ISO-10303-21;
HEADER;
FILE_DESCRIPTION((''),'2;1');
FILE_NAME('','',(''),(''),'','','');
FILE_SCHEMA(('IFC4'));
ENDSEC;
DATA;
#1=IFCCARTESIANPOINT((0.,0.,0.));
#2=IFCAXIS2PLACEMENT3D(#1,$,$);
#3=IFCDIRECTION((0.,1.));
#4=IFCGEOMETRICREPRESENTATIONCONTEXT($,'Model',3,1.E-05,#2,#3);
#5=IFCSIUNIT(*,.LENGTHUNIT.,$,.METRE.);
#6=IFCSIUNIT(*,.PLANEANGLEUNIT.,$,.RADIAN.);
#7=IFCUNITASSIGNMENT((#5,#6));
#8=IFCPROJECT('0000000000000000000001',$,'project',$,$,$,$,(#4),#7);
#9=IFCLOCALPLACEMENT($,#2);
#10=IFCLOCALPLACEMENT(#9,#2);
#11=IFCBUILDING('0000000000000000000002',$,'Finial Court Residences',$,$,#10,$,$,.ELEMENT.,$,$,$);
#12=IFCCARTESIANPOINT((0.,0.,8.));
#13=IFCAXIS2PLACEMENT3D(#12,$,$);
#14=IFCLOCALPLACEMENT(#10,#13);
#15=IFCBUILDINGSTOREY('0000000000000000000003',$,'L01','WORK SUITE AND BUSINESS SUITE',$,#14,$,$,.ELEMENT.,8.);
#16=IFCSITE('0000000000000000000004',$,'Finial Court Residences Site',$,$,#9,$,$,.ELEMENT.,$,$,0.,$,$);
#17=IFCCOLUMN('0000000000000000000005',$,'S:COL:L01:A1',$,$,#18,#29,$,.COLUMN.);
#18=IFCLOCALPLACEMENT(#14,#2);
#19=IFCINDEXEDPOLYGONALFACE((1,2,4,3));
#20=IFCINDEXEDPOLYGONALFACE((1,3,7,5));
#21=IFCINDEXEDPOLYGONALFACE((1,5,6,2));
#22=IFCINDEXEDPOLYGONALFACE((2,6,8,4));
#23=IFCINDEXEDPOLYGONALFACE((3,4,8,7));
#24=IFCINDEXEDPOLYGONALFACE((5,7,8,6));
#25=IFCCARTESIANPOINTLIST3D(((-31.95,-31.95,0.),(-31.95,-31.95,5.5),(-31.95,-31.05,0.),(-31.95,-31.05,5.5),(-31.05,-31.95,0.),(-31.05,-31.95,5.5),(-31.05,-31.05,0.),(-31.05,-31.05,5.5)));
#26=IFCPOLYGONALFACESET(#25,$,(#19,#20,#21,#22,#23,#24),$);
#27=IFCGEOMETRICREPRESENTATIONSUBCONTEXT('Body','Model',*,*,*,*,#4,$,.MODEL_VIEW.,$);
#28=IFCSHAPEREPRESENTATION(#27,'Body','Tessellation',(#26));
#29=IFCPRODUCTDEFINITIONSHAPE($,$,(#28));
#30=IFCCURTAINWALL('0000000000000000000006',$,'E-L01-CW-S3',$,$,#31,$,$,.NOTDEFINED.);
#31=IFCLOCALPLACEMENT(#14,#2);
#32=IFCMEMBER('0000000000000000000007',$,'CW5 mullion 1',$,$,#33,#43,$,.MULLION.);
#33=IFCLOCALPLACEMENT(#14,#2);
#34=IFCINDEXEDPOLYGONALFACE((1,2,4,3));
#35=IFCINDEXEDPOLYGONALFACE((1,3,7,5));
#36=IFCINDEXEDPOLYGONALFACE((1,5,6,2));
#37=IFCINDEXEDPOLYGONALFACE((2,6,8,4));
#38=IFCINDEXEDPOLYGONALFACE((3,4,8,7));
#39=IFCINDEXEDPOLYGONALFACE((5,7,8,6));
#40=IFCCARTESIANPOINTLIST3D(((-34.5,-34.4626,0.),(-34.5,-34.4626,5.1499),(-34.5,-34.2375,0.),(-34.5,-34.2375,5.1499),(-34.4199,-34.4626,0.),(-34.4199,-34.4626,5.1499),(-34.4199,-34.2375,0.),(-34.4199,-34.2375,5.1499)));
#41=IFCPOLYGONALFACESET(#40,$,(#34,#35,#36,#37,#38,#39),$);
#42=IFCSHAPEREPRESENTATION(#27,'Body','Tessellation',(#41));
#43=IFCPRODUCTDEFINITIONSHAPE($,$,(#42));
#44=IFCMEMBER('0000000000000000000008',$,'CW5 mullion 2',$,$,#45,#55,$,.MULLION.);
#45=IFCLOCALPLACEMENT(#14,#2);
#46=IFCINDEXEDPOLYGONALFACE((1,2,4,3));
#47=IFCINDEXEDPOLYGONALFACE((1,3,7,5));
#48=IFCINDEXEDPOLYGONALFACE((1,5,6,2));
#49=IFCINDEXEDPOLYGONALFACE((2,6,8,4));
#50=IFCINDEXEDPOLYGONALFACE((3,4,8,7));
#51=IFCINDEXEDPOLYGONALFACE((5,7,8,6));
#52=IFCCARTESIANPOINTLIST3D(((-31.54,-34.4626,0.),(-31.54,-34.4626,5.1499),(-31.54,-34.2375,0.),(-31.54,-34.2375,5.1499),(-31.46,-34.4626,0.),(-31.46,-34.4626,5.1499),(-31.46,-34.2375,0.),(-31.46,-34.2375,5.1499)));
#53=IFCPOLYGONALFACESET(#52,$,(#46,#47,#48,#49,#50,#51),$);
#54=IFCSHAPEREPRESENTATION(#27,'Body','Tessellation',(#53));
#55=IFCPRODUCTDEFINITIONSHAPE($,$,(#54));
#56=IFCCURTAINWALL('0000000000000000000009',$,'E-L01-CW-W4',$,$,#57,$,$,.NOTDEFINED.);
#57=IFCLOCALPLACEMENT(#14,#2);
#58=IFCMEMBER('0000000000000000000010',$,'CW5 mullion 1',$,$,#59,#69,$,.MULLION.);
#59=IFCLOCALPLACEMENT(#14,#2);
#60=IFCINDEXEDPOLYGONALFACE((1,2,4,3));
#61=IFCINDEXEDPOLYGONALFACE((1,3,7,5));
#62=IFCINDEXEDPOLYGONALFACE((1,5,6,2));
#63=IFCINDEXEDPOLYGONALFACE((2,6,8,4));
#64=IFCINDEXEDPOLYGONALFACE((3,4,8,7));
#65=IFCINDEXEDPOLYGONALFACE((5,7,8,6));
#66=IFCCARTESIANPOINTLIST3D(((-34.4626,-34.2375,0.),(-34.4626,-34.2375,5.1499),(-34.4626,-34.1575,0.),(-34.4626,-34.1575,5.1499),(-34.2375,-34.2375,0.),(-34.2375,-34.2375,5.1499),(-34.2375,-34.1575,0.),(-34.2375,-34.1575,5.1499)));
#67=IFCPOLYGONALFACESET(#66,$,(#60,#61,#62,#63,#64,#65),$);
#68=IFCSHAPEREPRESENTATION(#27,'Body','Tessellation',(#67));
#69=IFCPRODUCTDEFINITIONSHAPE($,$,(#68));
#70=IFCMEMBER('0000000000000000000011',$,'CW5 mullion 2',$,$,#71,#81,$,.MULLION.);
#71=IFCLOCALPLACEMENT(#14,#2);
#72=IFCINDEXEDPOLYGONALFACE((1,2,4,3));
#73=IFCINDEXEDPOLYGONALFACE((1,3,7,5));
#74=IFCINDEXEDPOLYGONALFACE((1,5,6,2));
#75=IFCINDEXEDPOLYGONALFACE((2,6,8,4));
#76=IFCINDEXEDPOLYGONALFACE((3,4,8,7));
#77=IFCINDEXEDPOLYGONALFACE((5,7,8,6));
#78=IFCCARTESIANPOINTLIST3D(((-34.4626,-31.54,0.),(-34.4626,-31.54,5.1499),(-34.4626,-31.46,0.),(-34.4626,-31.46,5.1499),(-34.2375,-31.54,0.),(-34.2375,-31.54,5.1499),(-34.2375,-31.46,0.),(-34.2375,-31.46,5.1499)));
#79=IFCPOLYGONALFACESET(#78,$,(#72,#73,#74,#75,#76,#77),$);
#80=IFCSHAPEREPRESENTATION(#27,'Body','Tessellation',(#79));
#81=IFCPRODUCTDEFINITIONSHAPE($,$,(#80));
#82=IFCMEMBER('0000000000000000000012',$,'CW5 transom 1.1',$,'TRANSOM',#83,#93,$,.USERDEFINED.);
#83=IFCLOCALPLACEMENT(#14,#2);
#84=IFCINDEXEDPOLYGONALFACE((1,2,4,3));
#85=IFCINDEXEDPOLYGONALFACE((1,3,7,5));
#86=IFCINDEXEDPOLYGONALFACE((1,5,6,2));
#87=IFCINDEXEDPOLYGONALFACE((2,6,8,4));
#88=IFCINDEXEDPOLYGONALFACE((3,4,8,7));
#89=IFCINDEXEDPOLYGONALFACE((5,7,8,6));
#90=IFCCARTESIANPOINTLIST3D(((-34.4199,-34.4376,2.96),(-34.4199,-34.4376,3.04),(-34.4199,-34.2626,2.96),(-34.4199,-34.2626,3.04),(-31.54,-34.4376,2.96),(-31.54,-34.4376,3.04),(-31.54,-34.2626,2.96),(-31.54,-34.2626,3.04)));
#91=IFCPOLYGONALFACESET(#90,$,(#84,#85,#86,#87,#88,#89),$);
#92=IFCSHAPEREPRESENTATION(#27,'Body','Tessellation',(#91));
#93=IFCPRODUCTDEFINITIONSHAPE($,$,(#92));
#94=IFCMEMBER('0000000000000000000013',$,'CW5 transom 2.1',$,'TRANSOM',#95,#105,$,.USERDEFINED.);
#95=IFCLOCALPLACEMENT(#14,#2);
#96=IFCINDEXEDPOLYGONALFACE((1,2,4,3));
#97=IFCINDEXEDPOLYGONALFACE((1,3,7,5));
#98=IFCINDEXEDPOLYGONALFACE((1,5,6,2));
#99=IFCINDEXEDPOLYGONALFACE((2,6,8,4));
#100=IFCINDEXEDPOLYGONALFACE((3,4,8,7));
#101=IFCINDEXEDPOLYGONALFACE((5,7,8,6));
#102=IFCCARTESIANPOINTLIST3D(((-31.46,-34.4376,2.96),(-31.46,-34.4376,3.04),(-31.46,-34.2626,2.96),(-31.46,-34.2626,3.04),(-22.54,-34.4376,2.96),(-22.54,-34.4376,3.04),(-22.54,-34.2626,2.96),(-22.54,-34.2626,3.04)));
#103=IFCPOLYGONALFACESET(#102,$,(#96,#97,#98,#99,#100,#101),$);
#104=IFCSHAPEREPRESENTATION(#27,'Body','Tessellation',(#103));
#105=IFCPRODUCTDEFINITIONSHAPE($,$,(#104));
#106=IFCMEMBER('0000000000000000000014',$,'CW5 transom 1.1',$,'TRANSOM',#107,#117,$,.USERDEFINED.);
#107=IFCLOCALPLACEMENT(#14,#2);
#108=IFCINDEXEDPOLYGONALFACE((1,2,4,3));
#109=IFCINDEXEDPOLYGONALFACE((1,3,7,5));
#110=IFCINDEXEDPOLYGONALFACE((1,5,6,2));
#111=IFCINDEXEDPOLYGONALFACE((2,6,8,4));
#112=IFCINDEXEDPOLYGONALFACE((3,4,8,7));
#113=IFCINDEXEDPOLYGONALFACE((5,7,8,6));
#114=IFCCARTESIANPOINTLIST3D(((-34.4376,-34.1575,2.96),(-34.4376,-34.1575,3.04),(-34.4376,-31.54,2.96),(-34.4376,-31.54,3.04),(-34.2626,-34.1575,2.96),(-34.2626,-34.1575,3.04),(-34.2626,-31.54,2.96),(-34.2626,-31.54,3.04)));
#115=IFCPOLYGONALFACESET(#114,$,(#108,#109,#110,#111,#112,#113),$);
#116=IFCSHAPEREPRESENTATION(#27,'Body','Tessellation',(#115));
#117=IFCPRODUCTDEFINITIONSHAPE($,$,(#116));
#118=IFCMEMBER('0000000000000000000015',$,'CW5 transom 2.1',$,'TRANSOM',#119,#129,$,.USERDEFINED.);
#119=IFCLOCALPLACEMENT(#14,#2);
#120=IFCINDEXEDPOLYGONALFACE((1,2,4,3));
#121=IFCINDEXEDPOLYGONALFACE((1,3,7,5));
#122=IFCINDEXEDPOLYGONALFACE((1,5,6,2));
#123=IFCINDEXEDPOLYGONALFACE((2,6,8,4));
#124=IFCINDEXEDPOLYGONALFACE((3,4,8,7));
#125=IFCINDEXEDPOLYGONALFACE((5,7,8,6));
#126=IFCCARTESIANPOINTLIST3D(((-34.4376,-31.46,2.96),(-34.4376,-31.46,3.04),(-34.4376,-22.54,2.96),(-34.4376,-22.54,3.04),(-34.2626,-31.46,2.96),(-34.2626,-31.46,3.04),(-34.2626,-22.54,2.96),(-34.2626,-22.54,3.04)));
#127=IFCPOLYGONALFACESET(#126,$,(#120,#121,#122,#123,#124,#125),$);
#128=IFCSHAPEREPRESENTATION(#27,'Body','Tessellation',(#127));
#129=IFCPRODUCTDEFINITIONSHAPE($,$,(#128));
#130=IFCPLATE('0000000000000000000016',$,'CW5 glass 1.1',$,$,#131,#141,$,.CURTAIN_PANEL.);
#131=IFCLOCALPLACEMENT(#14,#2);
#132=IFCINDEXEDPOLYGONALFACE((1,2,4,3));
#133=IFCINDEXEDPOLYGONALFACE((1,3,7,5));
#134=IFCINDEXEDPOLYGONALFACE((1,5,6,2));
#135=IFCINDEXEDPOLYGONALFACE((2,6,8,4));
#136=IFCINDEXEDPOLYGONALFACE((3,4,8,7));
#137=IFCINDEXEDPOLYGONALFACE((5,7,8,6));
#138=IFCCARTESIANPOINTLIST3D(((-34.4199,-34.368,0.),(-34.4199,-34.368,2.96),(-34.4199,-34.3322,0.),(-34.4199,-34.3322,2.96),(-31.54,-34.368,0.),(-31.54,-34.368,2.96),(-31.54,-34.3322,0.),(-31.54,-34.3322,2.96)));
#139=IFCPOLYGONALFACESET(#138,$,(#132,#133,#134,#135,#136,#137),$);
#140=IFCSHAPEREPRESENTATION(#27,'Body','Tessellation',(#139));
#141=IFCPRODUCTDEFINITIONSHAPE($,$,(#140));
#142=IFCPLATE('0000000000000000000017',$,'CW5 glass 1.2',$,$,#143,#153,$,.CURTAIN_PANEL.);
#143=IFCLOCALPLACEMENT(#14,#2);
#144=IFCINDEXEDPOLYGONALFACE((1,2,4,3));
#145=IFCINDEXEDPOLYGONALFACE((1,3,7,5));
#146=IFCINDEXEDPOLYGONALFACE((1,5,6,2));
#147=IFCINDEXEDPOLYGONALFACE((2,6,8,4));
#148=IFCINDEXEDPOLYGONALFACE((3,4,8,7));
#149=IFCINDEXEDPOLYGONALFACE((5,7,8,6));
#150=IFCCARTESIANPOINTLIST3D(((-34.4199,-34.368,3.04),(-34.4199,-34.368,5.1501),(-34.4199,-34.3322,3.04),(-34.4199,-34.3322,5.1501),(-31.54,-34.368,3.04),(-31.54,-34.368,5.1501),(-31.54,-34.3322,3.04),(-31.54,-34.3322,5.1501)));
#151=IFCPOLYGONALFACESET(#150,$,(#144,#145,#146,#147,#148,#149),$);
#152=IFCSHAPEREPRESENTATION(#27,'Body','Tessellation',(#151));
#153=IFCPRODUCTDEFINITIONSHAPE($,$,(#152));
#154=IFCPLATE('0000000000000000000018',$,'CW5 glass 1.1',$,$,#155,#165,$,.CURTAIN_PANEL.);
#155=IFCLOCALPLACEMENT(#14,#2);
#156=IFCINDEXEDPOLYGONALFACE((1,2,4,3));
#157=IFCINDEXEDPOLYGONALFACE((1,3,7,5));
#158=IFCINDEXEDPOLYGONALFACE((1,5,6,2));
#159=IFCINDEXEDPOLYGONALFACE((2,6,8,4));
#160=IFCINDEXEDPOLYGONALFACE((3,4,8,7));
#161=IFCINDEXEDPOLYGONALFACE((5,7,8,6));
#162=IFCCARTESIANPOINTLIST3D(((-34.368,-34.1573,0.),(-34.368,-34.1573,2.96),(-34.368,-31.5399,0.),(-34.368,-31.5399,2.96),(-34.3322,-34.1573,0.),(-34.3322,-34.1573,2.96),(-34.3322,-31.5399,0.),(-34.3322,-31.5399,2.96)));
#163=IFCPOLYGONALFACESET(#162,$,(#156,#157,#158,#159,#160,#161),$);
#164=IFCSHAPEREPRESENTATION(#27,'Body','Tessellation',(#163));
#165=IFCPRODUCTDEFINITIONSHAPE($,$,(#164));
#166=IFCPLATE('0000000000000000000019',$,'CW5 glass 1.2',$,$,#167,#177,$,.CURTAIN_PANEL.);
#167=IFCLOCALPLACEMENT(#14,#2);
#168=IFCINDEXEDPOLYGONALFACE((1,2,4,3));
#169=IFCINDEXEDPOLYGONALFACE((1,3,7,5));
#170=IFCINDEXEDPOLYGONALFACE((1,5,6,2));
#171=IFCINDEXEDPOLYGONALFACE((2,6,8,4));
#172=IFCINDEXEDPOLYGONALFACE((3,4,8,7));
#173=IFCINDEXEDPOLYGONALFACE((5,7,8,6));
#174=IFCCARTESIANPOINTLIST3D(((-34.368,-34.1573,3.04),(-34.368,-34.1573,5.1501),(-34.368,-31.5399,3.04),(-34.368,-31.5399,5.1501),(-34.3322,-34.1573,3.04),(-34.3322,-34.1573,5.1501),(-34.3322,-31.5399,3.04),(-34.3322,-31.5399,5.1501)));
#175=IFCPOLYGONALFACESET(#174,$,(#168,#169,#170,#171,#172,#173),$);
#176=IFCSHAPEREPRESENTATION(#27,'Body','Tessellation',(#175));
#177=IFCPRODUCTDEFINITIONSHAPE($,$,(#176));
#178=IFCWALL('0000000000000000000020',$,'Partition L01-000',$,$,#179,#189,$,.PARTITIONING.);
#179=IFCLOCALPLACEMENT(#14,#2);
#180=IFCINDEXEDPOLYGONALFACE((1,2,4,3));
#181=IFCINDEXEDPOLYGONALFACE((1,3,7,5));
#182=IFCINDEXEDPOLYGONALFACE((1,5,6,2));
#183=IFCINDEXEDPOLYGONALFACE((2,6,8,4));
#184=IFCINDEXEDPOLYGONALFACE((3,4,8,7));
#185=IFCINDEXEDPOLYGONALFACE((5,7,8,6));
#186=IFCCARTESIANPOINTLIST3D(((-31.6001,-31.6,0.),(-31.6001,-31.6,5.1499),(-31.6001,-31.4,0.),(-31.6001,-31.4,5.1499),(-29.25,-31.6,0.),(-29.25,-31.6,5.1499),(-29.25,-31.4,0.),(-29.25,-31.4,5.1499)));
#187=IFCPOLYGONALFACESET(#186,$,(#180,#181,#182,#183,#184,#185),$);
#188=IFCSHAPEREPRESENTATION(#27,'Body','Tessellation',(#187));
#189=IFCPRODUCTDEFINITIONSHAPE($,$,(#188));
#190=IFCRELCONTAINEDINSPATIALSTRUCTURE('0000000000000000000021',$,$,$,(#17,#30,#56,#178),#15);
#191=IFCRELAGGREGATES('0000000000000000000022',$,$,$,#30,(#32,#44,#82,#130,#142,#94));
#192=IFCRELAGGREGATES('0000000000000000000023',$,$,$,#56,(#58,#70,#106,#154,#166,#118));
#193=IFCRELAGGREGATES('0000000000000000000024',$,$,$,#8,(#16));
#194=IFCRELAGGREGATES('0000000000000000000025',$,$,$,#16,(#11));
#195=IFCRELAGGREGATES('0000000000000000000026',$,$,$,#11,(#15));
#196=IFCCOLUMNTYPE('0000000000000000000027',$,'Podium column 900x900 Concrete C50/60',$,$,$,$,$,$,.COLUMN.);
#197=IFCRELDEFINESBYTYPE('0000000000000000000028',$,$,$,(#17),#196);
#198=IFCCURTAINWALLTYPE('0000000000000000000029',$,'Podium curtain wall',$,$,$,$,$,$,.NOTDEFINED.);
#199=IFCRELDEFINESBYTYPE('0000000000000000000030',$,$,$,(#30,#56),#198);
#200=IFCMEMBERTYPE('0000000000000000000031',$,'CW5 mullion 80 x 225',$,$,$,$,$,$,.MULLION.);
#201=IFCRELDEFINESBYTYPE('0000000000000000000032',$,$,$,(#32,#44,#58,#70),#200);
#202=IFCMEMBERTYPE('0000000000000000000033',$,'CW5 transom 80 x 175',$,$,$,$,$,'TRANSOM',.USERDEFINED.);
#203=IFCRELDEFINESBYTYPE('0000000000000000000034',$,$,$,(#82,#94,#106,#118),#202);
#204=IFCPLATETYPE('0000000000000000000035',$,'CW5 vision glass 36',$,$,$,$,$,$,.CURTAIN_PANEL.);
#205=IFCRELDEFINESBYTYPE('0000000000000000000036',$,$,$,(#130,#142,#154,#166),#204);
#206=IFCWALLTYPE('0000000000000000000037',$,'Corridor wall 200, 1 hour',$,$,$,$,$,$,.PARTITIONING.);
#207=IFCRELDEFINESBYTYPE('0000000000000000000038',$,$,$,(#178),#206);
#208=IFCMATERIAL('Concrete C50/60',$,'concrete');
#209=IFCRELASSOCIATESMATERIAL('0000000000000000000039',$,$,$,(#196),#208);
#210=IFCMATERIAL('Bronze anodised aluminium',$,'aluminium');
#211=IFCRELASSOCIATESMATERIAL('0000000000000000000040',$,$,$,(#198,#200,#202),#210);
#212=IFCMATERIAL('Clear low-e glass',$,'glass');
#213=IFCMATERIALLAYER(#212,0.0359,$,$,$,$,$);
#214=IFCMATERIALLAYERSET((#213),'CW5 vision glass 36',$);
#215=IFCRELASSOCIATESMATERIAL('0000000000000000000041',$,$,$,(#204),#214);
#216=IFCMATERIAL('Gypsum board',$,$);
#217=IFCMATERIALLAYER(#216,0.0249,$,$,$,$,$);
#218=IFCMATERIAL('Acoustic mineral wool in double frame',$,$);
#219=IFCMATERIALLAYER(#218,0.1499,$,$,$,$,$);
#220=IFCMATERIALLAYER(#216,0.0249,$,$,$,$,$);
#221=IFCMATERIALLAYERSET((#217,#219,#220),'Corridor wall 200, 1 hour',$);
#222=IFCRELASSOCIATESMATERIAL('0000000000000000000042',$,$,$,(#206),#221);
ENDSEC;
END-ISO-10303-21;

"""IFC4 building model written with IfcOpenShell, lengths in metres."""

from ifc_helpers import new_model, si_unit, direction, frame, frame_2d, origin, origin_2d, place, context, subcontext, project, spatial, rectangle, extrude, material, layer, layer_set, material_profile, profile_set, type_object, element, aggregate, save


model = new_model("IFC4")

# Units and contexts
model_context = context("Model", 3, precision=1e-05, world=origin(), true_north=direction((0.0, 1.0)))
body_context = subcontext(model_context, "Body", "Model", "MODEL_VIEW")
ifc_project = project(units=[si_unit("LENGTHUNIT", "METRE"), si_unit("PLANEANGLEUNIT", "RADIAN")], contexts=[model_context])

# Site, building, storey
site_placement = place(None, origin())
site = spatial("IfcSite", under=ifc_project, at=site_placement, Name="Finial Court Residences Site", CompositionType="ELEMENT", RefElevation=0.0)
building_placement = place(site_placement, origin())
building = spatial("IfcBuilding", under=site, at=building_placement, Name="Finial Court Residences", CompositionType="ELEMENT")
storey_placement = place(building_placement, frame((0.0, 0.0, 8.0)))
storey = spatial("IfcBuildingStorey", under=building, at=storey_placement, Name="L01", Description="WORK SUITE AND BUSINESS SUITE", CompositionType="ELEMENT", Elevation=8.0)

# Column
ifc_material_1 = material(Name="Concrete C50/60", Category="concrete")
ifc_material_profile_1 = material_profile(ifc_material_1, rectangle(XDim=0.8999, YDim=0.8999, at=origin_2d()), Name="900x900")
ifc_profile_set_1 = profile_set([ifc_material_profile_1], Name="Concrete C50/60")
column_type = type_object("IfcColumnType", Name="Podium column 900x900 Concrete C50/60", PredefinedType="COLUMN", material=ifc_profile_set_1)
column_placement = place(storey_placement, frame((-31.5, -31.5, 0.0), z_axis=(0.0, 0.0, 1.0), x_axis=(1.0, 0.0, 0.0)))
element("IfcColumn", 1, at=column_placement, inside=storey, type_object=column_type, Name="S:COL:L01:A1", PredefinedType="COLUMN", context=body_context, shape_type="SweptSolid", body=[
    extrude(rectangle(XDim=0.8999, YDim=0.8999, at=origin_2d()), origin(), (0.0, 0.0, 1.0), 5.5),
])

# Curtain walls, members
ifc_material_2 = material(Name="Bronze anodised aluminium", Category="aluminium")
curtain_wall_type = type_object("IfcCurtainWallType", Name="Podium curtain wall", PredefinedType="NOTDEFINED", material=ifc_material_2)
curtain_wall_1_placement = place(storey_placement, origin())
curtain_wall_1 = element("IfcCurtainWall", 2, at=curtain_wall_1_placement, inside=storey, type_object=curtain_wall_type, Name="E-L01-CW-S3", PredefinedType="NOTDEFINED")
ifc_material_profile_2 = material_profile(ifc_material_2, rectangle(XDim=0.2251, YDim=0.0801, at=origin_2d()), Name="CW5 mullion 80 x 225")
ifc_profile_set_2 = profile_set([ifc_material_profile_2], Name="Bronze anodised aluminium")
member_type_1 = type_object("IfcMemberType", Name="CW5 mullion 80 x 225", PredefinedType="MULLION", material=ifc_profile_set_2)
member_1_placement = place(storey_placement, frame((-34.46, -34.3501, 0.0), z_axis=(0.0, 0.0, 1.0), x_axis=(0.0, 1.0, 0.0)))
member_1 = element("IfcMember", 3, at=member_1_placement, type_object=member_type_1, Name="CW5 mullion 1", PredefinedType="MULLION", context=body_context, shape_type="SweptSolid", body=[
    extrude(rectangle(XDim=0.2251, YDim=0.0801, at=origin_2d()), origin(), (0.0, 0.0, 1.0), 5.1499),
])
member_2_placement = place(storey_placement, frame((-31.5, -34.3501, 0.0), z_axis=(0.0, 0.0, 1.0), x_axis=(0.0, 1.0, 0.0)))
member_2 = element("IfcMember", 4, at=member_2_placement, type_object=member_type_1, Name="CW5 mullion 2", PredefinedType="MULLION", context=body_context, shape_type="SweptSolid", body=[
    extrude(rectangle(XDim=0.2251, YDim=0.0801, at=origin_2d()), origin(), (0.0, 0.0, 1.0), 5.1499),
])
curtain_wall_2_placement = place(storey_placement, origin())
curtain_wall_2 = element("IfcCurtainWall", 5, at=curtain_wall_2_placement, inside=storey, type_object=curtain_wall_type, Name="E-L01-CW-W4", PredefinedType="NOTDEFINED")
member_3_placement = place(storey_placement, frame((-34.3501, -34.1975, 0.0), z_axis=(0.0, 0.0, 1.0), x_axis=(-1.0, 0.0, 0.0)))
member_3 = element("IfcMember", 6, at=member_3_placement, type_object=member_type_1, Name="CW5 mullion 1", PredefinedType="MULLION", context=body_context, shape_type="SweptSolid", body=[
    extrude(rectangle(XDim=0.2251, YDim=0.0801, at=origin_2d()), origin(), (0.0, 0.0, 1.0), 5.1499),
])
member_4_placement = place(storey_placement, frame((-34.3501, -31.5, 0.0), z_axis=(0.0, 0.0, 1.0), x_axis=(-1.0, 0.0, 0.0)))
member_4 = element("IfcMember", 7, at=member_4_placement, type_object=member_type_1, Name="CW5 mullion 2", PredefinedType="MULLION", context=body_context, shape_type="SweptSolid", body=[
    extrude(rectangle(XDim=0.2251, YDim=0.0801, at=origin_2d()), origin(), (0.0, 0.0, 1.0), 5.1499),
])

# Members
ifc_material_profile_3 = material_profile(ifc_material_2, rectangle(XDim=0.175, YDim=0.0801, at=origin_2d()), Name="CW5 transom 80 x 175")
ifc_profile_set_3 = profile_set([ifc_material_profile_3], Name="Bronze anodised aluminium")
member_type_2 = type_object("IfcMemberType", Name="CW5 transom 80 x 175", ElementType="TRANSOM", PredefinedType="USERDEFINED", material=ifc_profile_set_3)
member_5_placement = place(storey_placement, frame((-34.4199, -34.3501, 3.0), z_axis=(1.0, 0.0, 0.0), x_axis=(0.0, 1.0, 0.0)))
member_5 = element("IfcMember", 8, at=member_5_placement, type_object=member_type_2, Name="CW5 transom 1.1", ObjectType="TRANSOM", PredefinedType="USERDEFINED", context=body_context, shape_type="SweptSolid", body=[
    extrude(rectangle(XDim=0.175, YDim=0.0801, at=origin_2d()), origin(), (0.0, 0.0, 1.0), 2.8799),
])
member_6_placement = place(storey_placement, frame((-31.46, -34.3501, 3.0), z_axis=(1.0, 0.0, 0.0), x_axis=(0.0, 1.0, 0.0)))
member_6 = element("IfcMember", 9, at=member_6_placement, type_object=member_type_2, Name="CW5 transom 2.1", ObjectType="TRANSOM", PredefinedType="USERDEFINED", context=body_context, shape_type="SweptSolid", body=[
    extrude(rectangle(XDim=0.175, YDim=0.0801, at=origin_2d()), origin(), (0.0, 0.0, 1.0), 8.9199),
])
member_7_placement = place(storey_placement, frame((-34.3501, -34.1575, 3.0), z_axis=(0.0, 1.0, 0.0), x_axis=(-1.0, 0.0, 0.0)))
member_7 = element("IfcMember", 10, at=member_7_placement, type_object=member_type_2, Name="CW5 transom 1.1", ObjectType="TRANSOM", PredefinedType="USERDEFINED", context=body_context, shape_type="SweptSolid", body=[
    extrude(rectangle(XDim=0.175, YDim=0.0801, at=origin_2d()), origin(), (0.0, 0.0, 1.0), 2.6174),
])
member_8_placement = place(storey_placement, frame((-34.3501, -31.46, 3.0), z_axis=(0.0, 1.0, 0.0), x_axis=(-1.0, 0.0, 0.0)))
member_8 = element("IfcMember", 11, at=member_8_placement, type_object=member_type_2, Name="CW5 transom 2.1", ObjectType="TRANSOM", PredefinedType="USERDEFINED", context=body_context, shape_type="SweptSolid", body=[
    extrude(rectangle(XDim=0.175, YDim=0.0801, at=origin_2d()), origin(), (0.0, 0.0, 1.0), 8.9199),
])

# Plates
ifc_material_3 = material(Name="Clear low-e glass", Category="glass")
ifc_layer_1 = layer(ifc_material_3, 0.0359)
ifc_layer_set_1 = layer_set([ifc_layer_1], Name="CW5 vision glass 36")
plate_type = type_object("IfcPlateType", Name="CW5 vision glass 36", PredefinedType="CURTAIN_PANEL", material=ifc_layer_set_1)
plate_1_placement = place(storey_placement, frame((-32.98, -34.3501, 0.0), z_axis=(0.0, 0.0, 1.0), x_axis=(1.0, 0.0, 0.0)))
plate_1 = element("IfcPlate", 12, at=plate_1_placement, type_object=plate_type, Name="CW5 glass 1.1", PredefinedType="CURTAIN_PANEL", context=body_context, shape_type="SweptSolid", body=[
    extrude(rectangle(XDim=2.8799, YDim=0.0359, at=origin_2d()), origin(), (0.0, 0.0, 1.0), 2.96),
])
plate_2_placement = place(storey_placement, frame((-32.98, -34.3501, 3.04), z_axis=(0.0, 0.0, 1.0), x_axis=(1.0, 0.0, 0.0)))
plate_2 = element("IfcPlate", 13, at=plate_2_placement, type_object=plate_type, Name="CW5 glass 1.2", PredefinedType="CURTAIN_PANEL", context=body_context, shape_type="SweptSolid", body=[
    extrude(rectangle(XDim=2.8799, YDim=0.0359, at=origin_2d()), origin(), (0.0, 0.0, 1.0), 2.1101),
])
aggregate(curtain_wall_1, [member_1, member_2, member_5, plate_1, plate_2, member_6])
plate_3_placement = place(storey_placement, frame((-34.3501, -32.8486, 0.0), z_axis=(0.0, 0.0, 1.0), x_axis=(0.0, 1.0, 0.0)))
plate_3 = element("IfcPlate", 14, at=plate_3_placement, type_object=plate_type, Name="CW5 glass 1.1", PredefinedType="CURTAIN_PANEL", context=body_context, shape_type="SweptSolid", body=[
    extrude(rectangle(XDim=2.6174, YDim=0.0359, at=origin_2d()), origin(), (0.0, 0.0, 1.0), 2.96),
])
plate_4_placement = place(storey_placement, frame((-34.3501, -32.8486, 3.04), z_axis=(0.0, 0.0, 1.0), x_axis=(0.0, 1.0, 0.0)))
plate_4 = element("IfcPlate", 15, at=plate_4_placement, type_object=plate_type, Name="CW5 glass 1.2", PredefinedType="CURTAIN_PANEL", context=body_context, shape_type="SweptSolid", body=[
    extrude(rectangle(XDim=2.6174, YDim=0.0359, at=origin_2d()), origin(), (0.0, 0.0, 1.0), 2.1101),
])
aggregate(curtain_wall_2, [member_3, member_4, member_7, plate_3, plate_4, member_8])

# Wall
ifc_material_4 = material(Name="Gypsum board")
ifc_layer_2 = layer(ifc_material_4, 0.0249)
ifc_material_5 = material(Name="Acoustic mineral wool in double frame")
ifc_layer_3 = layer(ifc_material_5, 0.1499)
ifc_layer_4 = layer(ifc_material_4, 0.0249)
ifc_layer_set_2 = layer_set([ifc_layer_2, ifc_layer_3, ifc_layer_4], Name="Corridor wall 200, 1 hour")
wall_type = type_object("IfcWallType", Name="Corridor wall 200, 1 hour", PredefinedType="PARTITIONING", material=ifc_layer_set_2)
wall_1_placement = place(storey_placement, frame((-31.6001, -31.5, 0.0), z_axis=(0.0, 0.0, 1.0), x_axis=(1.0, 0.0, 0.0)))
element("IfcWall", 16, at=wall_1_placement, inside=storey, type_object=wall_type, Name="Partition L01-000", PredefinedType="PARTITIONING", context=body_context, shape_type="SweptSolid", body=[
    extrude(rectangle(XDim=2.3501, YDim=0.2, at=frame_2d((1.175, 0.0))), origin(), (0.0, 0.0, 1.0), 5.1499),
])

save(model, "model.ifc")
